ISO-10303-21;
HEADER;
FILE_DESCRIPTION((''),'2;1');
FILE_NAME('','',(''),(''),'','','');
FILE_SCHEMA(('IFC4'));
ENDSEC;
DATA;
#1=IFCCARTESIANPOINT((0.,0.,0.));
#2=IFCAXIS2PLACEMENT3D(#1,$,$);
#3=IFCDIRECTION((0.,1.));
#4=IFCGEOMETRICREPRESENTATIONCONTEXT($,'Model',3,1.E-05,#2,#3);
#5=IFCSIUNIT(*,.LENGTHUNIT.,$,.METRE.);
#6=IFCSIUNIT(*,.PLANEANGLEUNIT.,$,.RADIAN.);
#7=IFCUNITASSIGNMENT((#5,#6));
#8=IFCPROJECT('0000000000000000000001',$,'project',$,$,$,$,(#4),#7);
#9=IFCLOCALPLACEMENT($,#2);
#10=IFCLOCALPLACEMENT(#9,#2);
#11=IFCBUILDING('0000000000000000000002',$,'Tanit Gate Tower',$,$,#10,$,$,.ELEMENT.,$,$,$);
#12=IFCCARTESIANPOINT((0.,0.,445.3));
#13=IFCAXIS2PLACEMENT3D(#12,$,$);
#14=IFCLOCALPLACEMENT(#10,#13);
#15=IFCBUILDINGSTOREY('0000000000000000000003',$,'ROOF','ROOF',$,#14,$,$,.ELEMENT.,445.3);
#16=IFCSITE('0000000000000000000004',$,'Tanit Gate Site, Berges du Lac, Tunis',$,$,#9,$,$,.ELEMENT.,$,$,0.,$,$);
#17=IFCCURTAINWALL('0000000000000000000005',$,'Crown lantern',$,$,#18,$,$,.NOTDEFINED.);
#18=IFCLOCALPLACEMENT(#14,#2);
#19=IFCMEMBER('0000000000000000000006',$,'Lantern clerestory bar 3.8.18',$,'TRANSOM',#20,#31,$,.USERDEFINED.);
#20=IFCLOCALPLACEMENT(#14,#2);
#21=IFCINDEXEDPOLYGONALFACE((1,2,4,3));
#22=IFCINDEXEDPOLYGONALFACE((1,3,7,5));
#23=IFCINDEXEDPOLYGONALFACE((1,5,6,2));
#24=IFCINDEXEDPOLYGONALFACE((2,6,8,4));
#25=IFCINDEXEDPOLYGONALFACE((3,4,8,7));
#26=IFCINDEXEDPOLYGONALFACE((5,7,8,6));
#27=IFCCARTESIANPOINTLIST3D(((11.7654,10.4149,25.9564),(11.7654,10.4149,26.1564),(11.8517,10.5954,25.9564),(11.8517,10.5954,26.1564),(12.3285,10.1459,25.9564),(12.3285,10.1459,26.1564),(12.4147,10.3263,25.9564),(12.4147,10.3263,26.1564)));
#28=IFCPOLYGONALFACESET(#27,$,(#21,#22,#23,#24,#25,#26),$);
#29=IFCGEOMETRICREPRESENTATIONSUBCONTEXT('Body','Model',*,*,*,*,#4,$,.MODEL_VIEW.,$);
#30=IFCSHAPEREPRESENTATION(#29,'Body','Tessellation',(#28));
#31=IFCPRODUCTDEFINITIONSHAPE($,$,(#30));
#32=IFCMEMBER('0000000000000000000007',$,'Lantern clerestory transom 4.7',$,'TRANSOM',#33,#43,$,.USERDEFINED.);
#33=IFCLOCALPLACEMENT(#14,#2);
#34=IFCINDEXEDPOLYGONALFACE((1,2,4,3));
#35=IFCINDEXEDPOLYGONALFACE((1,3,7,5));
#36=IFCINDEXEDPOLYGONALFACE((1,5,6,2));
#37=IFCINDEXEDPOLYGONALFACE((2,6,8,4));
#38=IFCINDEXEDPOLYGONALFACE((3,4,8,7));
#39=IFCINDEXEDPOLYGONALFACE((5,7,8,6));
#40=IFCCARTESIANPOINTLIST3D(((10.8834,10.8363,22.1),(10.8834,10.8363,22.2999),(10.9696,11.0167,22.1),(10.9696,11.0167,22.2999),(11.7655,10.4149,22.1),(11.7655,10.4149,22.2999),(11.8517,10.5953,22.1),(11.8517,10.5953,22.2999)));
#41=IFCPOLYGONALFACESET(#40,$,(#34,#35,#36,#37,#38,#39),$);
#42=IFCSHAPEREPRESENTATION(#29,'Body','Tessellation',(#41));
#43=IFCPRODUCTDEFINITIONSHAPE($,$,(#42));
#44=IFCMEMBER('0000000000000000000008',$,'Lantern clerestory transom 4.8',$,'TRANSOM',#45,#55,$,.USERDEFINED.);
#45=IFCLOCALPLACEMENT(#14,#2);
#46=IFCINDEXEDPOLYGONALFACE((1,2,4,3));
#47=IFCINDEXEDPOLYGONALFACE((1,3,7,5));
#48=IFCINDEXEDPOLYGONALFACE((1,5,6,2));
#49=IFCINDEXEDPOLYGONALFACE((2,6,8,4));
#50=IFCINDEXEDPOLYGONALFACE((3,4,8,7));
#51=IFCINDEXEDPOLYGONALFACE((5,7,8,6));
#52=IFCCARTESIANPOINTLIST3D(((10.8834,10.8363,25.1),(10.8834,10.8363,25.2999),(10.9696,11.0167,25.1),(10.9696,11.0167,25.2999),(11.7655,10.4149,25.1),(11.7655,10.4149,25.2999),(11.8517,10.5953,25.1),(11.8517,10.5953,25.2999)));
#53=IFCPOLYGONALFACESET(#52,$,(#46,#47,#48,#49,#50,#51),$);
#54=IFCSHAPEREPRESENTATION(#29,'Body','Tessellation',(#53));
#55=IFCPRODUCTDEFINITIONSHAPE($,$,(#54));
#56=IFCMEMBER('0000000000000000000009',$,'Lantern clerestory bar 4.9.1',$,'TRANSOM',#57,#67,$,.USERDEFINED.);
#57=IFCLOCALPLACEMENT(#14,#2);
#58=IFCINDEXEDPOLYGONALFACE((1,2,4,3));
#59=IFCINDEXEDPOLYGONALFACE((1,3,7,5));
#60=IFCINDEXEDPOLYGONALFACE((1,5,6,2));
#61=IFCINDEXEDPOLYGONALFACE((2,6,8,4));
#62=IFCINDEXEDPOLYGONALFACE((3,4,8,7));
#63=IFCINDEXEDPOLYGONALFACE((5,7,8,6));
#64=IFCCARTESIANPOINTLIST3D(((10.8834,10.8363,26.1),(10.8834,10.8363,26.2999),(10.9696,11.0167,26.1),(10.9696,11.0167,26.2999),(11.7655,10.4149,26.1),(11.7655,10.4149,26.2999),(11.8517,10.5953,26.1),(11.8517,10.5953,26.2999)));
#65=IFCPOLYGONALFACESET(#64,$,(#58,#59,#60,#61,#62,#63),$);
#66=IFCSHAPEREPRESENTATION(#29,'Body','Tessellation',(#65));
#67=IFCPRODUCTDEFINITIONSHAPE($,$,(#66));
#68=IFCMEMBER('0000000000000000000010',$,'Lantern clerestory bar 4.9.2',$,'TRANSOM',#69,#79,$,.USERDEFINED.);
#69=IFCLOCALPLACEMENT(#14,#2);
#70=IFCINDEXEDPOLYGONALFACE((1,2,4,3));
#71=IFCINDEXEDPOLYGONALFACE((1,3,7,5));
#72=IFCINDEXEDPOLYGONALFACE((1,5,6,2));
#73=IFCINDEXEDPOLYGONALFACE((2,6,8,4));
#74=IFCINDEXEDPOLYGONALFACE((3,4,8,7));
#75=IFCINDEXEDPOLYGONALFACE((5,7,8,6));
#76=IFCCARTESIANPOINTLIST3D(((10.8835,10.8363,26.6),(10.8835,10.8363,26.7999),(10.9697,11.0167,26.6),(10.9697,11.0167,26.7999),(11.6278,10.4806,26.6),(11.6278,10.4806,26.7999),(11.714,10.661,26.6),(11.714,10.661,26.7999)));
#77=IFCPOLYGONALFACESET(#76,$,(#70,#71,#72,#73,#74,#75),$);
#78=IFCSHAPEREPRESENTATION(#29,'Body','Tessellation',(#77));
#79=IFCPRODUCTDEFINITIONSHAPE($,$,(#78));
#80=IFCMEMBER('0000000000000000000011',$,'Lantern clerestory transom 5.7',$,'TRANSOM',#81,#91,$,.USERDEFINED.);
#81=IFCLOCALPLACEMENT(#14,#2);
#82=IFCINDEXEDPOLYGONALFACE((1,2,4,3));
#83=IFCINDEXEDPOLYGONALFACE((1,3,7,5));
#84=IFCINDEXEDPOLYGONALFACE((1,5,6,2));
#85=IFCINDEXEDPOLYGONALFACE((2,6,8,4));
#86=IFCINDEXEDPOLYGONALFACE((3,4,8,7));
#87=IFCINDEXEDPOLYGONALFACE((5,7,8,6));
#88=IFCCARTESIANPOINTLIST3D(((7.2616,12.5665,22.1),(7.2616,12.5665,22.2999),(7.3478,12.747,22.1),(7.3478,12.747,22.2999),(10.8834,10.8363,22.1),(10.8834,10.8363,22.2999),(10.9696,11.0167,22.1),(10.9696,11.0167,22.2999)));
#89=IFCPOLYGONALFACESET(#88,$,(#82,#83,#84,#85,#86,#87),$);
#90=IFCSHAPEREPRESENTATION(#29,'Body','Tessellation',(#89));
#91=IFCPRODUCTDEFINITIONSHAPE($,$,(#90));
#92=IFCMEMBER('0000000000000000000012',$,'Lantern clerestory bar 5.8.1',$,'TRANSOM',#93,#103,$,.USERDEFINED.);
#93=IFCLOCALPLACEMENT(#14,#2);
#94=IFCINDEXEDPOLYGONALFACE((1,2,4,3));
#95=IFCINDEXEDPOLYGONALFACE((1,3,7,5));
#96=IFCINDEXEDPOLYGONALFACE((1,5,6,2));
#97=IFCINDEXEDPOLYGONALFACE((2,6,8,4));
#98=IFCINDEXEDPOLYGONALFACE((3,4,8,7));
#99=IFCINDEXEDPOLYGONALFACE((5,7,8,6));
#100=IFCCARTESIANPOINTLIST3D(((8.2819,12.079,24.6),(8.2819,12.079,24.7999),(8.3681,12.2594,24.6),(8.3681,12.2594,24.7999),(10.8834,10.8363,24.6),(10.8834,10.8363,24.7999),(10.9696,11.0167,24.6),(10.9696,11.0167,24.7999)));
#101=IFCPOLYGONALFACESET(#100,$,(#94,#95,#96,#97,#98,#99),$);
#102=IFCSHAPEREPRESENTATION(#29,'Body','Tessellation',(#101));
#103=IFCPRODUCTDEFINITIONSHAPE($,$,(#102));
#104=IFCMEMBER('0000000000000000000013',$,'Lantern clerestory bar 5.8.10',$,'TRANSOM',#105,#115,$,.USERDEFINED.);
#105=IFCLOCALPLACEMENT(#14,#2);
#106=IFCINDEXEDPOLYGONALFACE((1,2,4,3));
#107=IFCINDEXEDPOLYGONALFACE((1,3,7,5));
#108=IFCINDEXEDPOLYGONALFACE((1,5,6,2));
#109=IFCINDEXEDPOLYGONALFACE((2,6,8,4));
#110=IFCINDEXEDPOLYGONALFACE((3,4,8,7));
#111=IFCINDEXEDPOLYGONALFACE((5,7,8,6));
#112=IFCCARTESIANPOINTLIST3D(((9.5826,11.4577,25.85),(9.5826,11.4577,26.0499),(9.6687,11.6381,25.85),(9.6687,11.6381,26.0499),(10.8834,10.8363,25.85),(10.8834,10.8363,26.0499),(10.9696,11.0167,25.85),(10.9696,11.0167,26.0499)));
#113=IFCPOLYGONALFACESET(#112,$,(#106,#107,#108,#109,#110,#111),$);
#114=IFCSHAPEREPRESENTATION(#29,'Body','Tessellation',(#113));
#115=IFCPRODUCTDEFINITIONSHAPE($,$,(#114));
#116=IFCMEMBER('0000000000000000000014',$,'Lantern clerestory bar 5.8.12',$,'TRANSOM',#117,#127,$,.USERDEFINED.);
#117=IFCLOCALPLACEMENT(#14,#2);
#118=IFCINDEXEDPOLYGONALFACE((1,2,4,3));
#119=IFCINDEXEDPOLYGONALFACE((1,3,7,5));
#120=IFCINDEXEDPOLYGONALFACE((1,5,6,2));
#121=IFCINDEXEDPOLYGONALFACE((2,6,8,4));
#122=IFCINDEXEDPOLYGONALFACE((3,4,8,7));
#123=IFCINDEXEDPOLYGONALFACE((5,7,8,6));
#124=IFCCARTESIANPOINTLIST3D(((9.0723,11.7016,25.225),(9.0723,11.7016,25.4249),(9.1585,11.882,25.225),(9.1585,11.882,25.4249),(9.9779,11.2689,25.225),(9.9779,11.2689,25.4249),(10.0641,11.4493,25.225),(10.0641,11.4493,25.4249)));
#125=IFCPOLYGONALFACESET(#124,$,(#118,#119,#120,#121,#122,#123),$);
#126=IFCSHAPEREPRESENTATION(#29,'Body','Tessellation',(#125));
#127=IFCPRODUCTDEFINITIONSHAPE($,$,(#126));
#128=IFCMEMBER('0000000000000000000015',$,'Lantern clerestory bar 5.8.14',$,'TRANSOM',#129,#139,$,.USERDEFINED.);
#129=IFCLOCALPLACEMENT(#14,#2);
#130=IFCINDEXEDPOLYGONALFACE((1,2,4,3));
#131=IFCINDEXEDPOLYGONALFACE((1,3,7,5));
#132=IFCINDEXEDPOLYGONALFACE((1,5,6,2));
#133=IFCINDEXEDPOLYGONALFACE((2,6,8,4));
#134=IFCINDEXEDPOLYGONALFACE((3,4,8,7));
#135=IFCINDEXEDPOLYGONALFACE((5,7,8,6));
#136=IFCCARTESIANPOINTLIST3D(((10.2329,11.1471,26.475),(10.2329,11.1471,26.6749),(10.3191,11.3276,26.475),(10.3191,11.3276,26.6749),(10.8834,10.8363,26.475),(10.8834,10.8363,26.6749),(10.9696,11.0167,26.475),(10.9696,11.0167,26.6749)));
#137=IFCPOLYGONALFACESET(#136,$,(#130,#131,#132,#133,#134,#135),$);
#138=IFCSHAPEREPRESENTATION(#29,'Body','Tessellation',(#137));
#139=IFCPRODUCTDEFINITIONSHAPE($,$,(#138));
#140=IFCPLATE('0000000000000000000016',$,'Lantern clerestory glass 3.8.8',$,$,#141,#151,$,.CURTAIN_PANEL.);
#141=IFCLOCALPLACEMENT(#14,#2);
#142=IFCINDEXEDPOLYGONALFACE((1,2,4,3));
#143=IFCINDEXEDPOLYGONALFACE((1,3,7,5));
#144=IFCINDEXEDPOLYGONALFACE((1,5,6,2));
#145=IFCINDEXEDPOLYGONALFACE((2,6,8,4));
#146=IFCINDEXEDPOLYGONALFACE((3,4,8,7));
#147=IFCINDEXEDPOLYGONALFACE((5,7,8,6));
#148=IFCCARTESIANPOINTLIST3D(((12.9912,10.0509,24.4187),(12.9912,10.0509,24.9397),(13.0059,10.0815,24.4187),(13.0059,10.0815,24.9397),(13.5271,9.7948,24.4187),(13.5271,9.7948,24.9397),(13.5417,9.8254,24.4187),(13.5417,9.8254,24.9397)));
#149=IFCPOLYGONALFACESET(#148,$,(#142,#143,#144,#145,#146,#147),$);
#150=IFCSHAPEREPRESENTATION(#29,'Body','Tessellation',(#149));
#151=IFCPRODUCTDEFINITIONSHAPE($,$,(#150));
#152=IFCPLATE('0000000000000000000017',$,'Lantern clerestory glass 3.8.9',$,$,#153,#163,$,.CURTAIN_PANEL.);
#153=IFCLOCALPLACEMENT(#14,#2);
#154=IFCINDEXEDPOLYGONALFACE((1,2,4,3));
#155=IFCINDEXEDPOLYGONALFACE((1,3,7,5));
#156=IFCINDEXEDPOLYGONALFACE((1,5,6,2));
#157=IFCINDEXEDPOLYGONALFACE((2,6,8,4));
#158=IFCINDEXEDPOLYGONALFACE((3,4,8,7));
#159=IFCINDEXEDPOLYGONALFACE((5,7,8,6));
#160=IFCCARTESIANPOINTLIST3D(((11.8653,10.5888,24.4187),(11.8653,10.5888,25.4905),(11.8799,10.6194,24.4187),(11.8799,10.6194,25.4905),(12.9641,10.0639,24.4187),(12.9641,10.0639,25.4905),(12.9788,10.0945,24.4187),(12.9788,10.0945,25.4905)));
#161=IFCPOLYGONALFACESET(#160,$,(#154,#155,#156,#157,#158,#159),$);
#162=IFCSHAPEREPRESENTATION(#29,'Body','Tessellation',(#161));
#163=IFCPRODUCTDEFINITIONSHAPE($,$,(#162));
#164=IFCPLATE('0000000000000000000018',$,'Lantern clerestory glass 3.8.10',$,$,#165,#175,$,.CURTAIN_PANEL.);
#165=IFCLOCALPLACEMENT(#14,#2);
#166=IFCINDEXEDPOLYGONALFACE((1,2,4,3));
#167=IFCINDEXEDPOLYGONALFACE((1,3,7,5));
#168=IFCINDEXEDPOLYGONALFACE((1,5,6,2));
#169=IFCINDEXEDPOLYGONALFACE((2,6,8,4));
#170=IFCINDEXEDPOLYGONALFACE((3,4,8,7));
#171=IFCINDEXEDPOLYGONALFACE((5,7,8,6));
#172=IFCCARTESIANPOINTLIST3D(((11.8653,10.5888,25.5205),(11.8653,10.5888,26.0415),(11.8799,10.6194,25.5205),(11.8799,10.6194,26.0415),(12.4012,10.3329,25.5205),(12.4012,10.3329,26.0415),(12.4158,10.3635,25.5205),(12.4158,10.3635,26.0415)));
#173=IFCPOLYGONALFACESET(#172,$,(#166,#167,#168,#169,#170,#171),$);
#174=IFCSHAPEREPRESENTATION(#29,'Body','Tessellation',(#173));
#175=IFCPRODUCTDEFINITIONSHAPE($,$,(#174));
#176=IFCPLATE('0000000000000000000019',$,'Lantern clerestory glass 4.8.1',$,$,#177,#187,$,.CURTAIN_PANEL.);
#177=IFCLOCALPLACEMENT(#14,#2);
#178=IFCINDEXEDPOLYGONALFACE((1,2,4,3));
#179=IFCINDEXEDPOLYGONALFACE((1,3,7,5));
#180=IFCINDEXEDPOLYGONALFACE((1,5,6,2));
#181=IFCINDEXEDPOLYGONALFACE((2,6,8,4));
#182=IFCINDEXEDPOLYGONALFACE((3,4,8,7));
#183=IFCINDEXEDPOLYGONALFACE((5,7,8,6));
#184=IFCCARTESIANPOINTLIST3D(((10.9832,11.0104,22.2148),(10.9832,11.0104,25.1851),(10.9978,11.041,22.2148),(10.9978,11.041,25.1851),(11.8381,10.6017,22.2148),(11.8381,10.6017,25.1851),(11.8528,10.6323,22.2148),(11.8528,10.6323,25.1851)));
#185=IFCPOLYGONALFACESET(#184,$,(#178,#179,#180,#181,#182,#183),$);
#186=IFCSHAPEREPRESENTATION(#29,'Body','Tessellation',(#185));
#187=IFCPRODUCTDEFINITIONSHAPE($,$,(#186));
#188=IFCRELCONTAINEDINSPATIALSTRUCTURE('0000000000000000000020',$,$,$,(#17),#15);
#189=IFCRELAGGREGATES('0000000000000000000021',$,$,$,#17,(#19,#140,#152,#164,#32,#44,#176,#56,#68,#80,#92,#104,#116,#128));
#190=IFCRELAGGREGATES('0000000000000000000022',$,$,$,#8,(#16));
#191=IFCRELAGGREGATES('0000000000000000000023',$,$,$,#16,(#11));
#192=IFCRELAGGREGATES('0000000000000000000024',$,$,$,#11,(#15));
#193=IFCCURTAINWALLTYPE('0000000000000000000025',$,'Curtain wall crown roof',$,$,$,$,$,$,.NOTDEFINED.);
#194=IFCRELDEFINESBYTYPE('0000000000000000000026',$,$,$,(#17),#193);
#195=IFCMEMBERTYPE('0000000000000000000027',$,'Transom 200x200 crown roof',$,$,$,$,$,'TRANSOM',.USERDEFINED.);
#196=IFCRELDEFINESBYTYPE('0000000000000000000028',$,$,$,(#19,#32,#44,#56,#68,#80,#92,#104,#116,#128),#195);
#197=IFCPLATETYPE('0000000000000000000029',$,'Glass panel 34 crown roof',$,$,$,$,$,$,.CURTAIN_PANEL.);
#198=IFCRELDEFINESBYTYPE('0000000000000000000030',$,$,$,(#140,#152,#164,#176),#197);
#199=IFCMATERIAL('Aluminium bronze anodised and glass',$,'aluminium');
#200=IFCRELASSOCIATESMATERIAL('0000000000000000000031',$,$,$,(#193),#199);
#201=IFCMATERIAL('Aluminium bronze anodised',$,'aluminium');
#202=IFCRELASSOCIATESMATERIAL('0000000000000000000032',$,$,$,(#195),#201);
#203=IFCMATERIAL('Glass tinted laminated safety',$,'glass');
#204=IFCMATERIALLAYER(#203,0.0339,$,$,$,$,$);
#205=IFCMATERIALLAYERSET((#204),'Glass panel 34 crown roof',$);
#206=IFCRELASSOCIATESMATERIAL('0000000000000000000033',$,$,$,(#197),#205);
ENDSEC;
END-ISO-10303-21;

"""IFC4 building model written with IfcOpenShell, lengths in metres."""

from ifc_helpers import new_model, si_unit, direction, frame, origin, origin_2d, place, context, subcontext, project, spatial, polyline, rectangle, outline, extrude, material, layer, layer_set, material_profile, profile_set, type_object, element, aggregate, save


model = new_model("IFC4")

# Units and contexts
model_context = context("Model", 3, precision=1e-05, world=origin(), true_north=direction((0.0, 1.0)))
body_context = subcontext(model_context, "Body", "Model", "MODEL_VIEW")
ifc_project = project(units=[si_unit("LENGTHUNIT", "METRE"), si_unit("PLANEANGLEUNIT", "RADIAN")], contexts=[model_context])

# Site, building, storey
site_placement = place(None, origin())
site = spatial("IfcSite", under=ifc_project, at=site_placement, Name="Tanit Gate Site, Berges du Lac, Tunis", CompositionType="ELEMENT", RefElevation=0.0)
building_placement = place(site_placement, origin())
building = spatial("IfcBuilding", under=site, at=building_placement, Name="Tanit Gate Tower", CompositionType="ELEMENT")
storey_placement = place(building_placement, frame((0.0, 0.0, 445.3)))
storey = spatial("IfcBuildingStorey", under=building, at=storey_placement, Name="ROOF", Description="ROOF", CompositionType="ELEMENT", Elevation=445.3)

# Curtain wall, members, plates
ifc_material_1 = material(Name="Aluminium bronze anodised and glass", Category="aluminium")
curtain_wall_type = type_object("IfcCurtainWallType", Name="Curtain wall crown roof", PredefinedType="NOTDEFINED", material=ifc_material_1)
curtain_wall_placement = place(storey_placement, origin())
curtain_wall = element("IfcCurtainWall", 1, at=curtain_wall_placement, inside=storey, type_object=curtain_wall_type, Name="Crown lantern", PredefinedType="NOTDEFINED")
ifc_material_2 = material(Name="Aluminium bronze anodised", Category="aluminium")
ifc_material_profile_1 = material_profile(ifc_material_2, rectangle(XDim=0.2, YDim=0.2, at=origin_2d()), Name="200x200 bronze transom")
ifc_profile_set_1 = profile_set([ifc_material_profile_1], Name="Aluminium bronze anodised")
member_type_1 = type_object("IfcMemberType", Name="Transom 200x200 crown roof", ElementType="TRANSOM", PredefinedType="USERDEFINED", material=ifc_profile_set_1)
member_1_placement = place(storey_placement, frame((12.3716, 10.2361, 26.0564), z_axis=(-0.902267, 0.431179, 0.0), x_axis=(-0.431179, -0.902267, 0.0)))
member_1 = element("IfcMember", 2, at=member_1_placement, type_object=member_type_1, Name="Lantern clerestory bar 3.8.18", ObjectType="TRANSOM", PredefinedType="USERDEFINED", context=body_context, shape_type="SweptSolid", body=[
    extrude(rectangle(XDim=0.2, YDim=0.2, at=origin_2d()), origin(), (0.0, 0.0, 1.0), 0.624),
])
member_2_placement = place(storey_placement, frame((11.8086, 10.5051, 22.2), z_axis=(-0.902324, 0.431058, 0.0), x_axis=(-0.431058, -0.902324, 0.0)))
member_2 = element("IfcMember", 3, at=member_2_placement, type_object=member_type_1, Name="Lantern clerestory transom 4.7", ObjectType="TRANSOM", PredefinedType="USERDEFINED", context=body_context, shape_type="SweptSolid", body=[
    extrude(rectangle(XDim=0.2, YDim=0.2, at=origin_2d()), origin(), (0.0, 0.0, 1.0), 0.9775),
])
member_3_placement = place(storey_placement, frame((11.8086, 10.5051, 25.2), z_axis=(-0.902324, 0.431058, 0.0), x_axis=(-0.431058, -0.902324, 0.0)))
member_3 = element("IfcMember", 4, at=member_3_placement, type_object=member_type_1, Name="Lantern clerestory transom 4.8", ObjectType="TRANSOM", PredefinedType="USERDEFINED", context=body_context, shape_type="SweptSolid", body=[
    extrude(rectangle(XDim=0.2, YDim=0.2, at=origin_2d()), origin(), (0.0, 0.0, 1.0), 0.9775),
])
member_4_placement = place(storey_placement, frame((11.8086, 10.5051, 26.2), z_axis=(-0.902324, 0.431058, 0.0), x_axis=(-0.431058, -0.902324, 0.0)))
member_4 = element("IfcMember", 5, at=member_4_placement, type_object=member_type_1, Name="Lantern clerestory bar 4.9.1", ObjectType="TRANSOM", PredefinedType="USERDEFINED", context=body_context, shape_type="SweptSolid", body=[
    extrude(rectangle(XDim=0.2, YDim=0.2, at=origin_2d()), origin(), (0.0, 0.0, 1.0), 0.9775),
])
member_5_placement = place(storey_placement, frame((11.6709, 10.5708, 26.7), z_axis=(-0.902274, 0.431162, 0.0), x_axis=(-0.431162, -0.902274, 0.0)))
member_5 = element("IfcMember", 6, at=member_5_placement, type_object=member_type_1, Name="Lantern clerestory bar 4.9.2", ObjectType="TRANSOM", PredefinedType="USERDEFINED", context=body_context, shape_type="SweptSolid", body=[
    extrude(rectangle(XDim=0.2, YDim=0.2, at=origin_2d()), origin(), (0.0, 0.0, 1.0), 0.825),
])
member_6_placement = place(storey_placement, frame((10.9265, 10.9265, 22.2), z_axis=(-0.902324, 0.431059, 0.0), x_axis=(-0.431059, -0.902324, 0.0)))
member_6 = element("IfcMember", 7, at=member_6_placement, type_object=member_type_1, Name="Lantern clerestory transom 5.7", ObjectType="TRANSOM", PredefinedType="USERDEFINED", context=body_context, shape_type="SweptSolid", body=[
    extrude(rectangle(XDim=0.2, YDim=0.2, at=origin_2d()), origin(), (0.0, 0.0, 1.0), 4.0139),
])
member_7_placement = place(storey_placement, frame((10.9265, 10.9265, 24.7), z_axis=(-0.902343, 0.431018, 0.0), x_axis=(-0.431018, -0.902343, 0.0)))
member_7 = element("IfcMember", 8, at=member_7_placement, type_object=member_type_1, Name="Lantern clerestory bar 5.8.1", ObjectType="TRANSOM", PredefinedType="USERDEFINED", context=body_context, shape_type="SweptSolid", body=[
    extrude(rectangle(XDim=0.2, YDim=0.2, at=origin_2d()), origin(), (0.0, 0.0, 1.0), 2.8831),
])
member_8_placement = place(storey_placement, frame((10.9265, 10.9265, 25.95), z_axis=(-0.902343, 0.431018, 0.0), x_axis=(-0.431018, -0.902343, 0.0)))
member_8 = element("IfcMember", 9, at=member_8_placement, type_object=member_type_1, Name="Lantern clerestory bar 5.8.10", ObjectType="TRANSOM", PredefinedType="USERDEFINED", context=body_context, shape_type="SweptSolid", body=[
    extrude(rectangle(XDim=0.2, YDim=0.2, at=origin_2d()), origin(), (0.0, 0.0, 1.0), 1.4417),
])
member_9_placement = place(storey_placement, frame((10.021, 11.3591, 25.325), z_axis=(-0.902311, 0.431085, 0.0), x_axis=(-0.431085, -0.902311, 0.0)))
member_9 = element("IfcMember", 10, at=member_9_placement, type_object=member_type_1, Name="Lantern clerestory bar 5.8.12", ObjectType="TRANSOM", PredefinedType="USERDEFINED", context=body_context, shape_type="SweptSolid", body=[
    extrude(rectangle(XDim=0.2, YDim=0.2, at=origin_2d()), origin(), (0.0, 0.0, 1.0), 1.0037),
])
member_10_placement = place(storey_placement, frame((10.9265, 10.9265, 26.575), z_axis=(-0.902277, 0.431156, 0.0), x_axis=(-0.431156, -0.902277, 0.0)))
member_10 = element("IfcMember", 11, at=member_10_placement, type_object=member_type_1, Name="Lantern clerestory bar 5.8.14", ObjectType="TRANSOM", PredefinedType="USERDEFINED", context=body_context, shape_type="SweptSolid", body=[
    extrude(rectangle(XDim=0.2, YDim=0.2, at=origin_2d()), origin(), (0.0, 0.0, 1.0), 0.7209),
])
ifc_material_3 = material(Name="Glass tinted laminated safety", Category="glass")
ifc_layer = layer(ifc_material_3, 0.0339)
ifc_layer_set = layer_set([ifc_layer], Name="Glass panel 34 crown roof")
plate_type = type_object("IfcPlateType", Name="Glass panel 34 crown roof", PredefinedType="CURTAIN_PANEL", material=ifc_layer_set)
plate_1_placement = place(storey_placement, frame((13.5417, 9.8254, 24.4187), z_axis=(0.431194, 0.902259, 0.0), x_axis=(-0.902259, 0.431194, 0.0)))
plate_1 = element("IfcPlate", 12, at=plate_1_placement, type_object=plate_type, Name="Lantern clerestory glass 3.8.8", PredefinedType="CURTAIN_PANEL", context=body_context, shape_type="SweptSolid", body=[
    extrude(outline(polyline([(0.0, 0.0), (0.5939, 0.0), (0.5939, 0.521), (0.0, 0.521), (0.0, 0.0)])), origin(), (0.0, 0.0, -1.0), 0.0339),
])
plate_2_placement = place(storey_placement, frame((12.9788, 10.0945, 24.4187), z_axis=(0.431023, 0.902341, 0.0), x_axis=(-0.902341, 0.431023, 0.0)))
plate_2 = element("IfcPlate", 13, at=plate_2_placement, type_object=plate_type, Name="Lantern clerestory glass 3.8.9", PredefinedType="CURTAIN_PANEL", context=body_context, shape_type="SweptSolid", body=[
    extrude(outline(polyline([(0.0, 0.0), (1.2178, 0.0), (1.2178, 1.0718), (0.0, 1.0718), (0.0, 0.0)])), origin(), (0.0, 0.0, -1.0), 0.0339),
])
plate_3_placement = place(storey_placement, frame((12.4158, 10.3635, 25.5205), z_axis=(0.430859, 0.902419, 0.0), x_axis=(-0.902419, 0.430859, 0.0)))
plate_3 = element("IfcPlate", 14, at=plate_3_placement, type_object=plate_type, Name="Lantern clerestory glass 3.8.10", PredefinedType="CURTAIN_PANEL", context=body_context, shape_type="SweptSolid", body=[
    extrude(outline(polyline([(0.0, 0.0), (0.5938, 0.0), (0.5938, 0.521), (0.0, 0.521), (0.0, 0.0)])), origin(), (0.0, 0.0, -1.0), 0.0339),
])
plate_4_placement = place(storey_placement, frame((11.8528, 10.6323, 22.2148), z_axis=(0.431273, 0.902221, 0.0), x_axis=(-0.902221, 0.431273, 0.0)))
plate_4 = element("IfcPlate", 15, at=plate_4_placement, type_object=plate_type, Name="Lantern clerestory glass 4.8.1", PredefinedType="CURTAIN_PANEL", context=body_context, shape_type="SweptSolid", body=[
    extrude(outline(polyline([(0.0, 0.0), (0.9476, 0.0), (0.9476, 2.9702), (0.0, 2.9702), (0.0, 0.0)])), origin(), (0.0, 0.0, -1.0), 0.0339),
])
aggregate(curtain_wall, [member_1, plate_1, plate_2, plate_3, member_2, member_3, plate_4, member_4, member_5, member_6, member_7, member_8, member_9, member_10])

save(model, "model.ifc")
